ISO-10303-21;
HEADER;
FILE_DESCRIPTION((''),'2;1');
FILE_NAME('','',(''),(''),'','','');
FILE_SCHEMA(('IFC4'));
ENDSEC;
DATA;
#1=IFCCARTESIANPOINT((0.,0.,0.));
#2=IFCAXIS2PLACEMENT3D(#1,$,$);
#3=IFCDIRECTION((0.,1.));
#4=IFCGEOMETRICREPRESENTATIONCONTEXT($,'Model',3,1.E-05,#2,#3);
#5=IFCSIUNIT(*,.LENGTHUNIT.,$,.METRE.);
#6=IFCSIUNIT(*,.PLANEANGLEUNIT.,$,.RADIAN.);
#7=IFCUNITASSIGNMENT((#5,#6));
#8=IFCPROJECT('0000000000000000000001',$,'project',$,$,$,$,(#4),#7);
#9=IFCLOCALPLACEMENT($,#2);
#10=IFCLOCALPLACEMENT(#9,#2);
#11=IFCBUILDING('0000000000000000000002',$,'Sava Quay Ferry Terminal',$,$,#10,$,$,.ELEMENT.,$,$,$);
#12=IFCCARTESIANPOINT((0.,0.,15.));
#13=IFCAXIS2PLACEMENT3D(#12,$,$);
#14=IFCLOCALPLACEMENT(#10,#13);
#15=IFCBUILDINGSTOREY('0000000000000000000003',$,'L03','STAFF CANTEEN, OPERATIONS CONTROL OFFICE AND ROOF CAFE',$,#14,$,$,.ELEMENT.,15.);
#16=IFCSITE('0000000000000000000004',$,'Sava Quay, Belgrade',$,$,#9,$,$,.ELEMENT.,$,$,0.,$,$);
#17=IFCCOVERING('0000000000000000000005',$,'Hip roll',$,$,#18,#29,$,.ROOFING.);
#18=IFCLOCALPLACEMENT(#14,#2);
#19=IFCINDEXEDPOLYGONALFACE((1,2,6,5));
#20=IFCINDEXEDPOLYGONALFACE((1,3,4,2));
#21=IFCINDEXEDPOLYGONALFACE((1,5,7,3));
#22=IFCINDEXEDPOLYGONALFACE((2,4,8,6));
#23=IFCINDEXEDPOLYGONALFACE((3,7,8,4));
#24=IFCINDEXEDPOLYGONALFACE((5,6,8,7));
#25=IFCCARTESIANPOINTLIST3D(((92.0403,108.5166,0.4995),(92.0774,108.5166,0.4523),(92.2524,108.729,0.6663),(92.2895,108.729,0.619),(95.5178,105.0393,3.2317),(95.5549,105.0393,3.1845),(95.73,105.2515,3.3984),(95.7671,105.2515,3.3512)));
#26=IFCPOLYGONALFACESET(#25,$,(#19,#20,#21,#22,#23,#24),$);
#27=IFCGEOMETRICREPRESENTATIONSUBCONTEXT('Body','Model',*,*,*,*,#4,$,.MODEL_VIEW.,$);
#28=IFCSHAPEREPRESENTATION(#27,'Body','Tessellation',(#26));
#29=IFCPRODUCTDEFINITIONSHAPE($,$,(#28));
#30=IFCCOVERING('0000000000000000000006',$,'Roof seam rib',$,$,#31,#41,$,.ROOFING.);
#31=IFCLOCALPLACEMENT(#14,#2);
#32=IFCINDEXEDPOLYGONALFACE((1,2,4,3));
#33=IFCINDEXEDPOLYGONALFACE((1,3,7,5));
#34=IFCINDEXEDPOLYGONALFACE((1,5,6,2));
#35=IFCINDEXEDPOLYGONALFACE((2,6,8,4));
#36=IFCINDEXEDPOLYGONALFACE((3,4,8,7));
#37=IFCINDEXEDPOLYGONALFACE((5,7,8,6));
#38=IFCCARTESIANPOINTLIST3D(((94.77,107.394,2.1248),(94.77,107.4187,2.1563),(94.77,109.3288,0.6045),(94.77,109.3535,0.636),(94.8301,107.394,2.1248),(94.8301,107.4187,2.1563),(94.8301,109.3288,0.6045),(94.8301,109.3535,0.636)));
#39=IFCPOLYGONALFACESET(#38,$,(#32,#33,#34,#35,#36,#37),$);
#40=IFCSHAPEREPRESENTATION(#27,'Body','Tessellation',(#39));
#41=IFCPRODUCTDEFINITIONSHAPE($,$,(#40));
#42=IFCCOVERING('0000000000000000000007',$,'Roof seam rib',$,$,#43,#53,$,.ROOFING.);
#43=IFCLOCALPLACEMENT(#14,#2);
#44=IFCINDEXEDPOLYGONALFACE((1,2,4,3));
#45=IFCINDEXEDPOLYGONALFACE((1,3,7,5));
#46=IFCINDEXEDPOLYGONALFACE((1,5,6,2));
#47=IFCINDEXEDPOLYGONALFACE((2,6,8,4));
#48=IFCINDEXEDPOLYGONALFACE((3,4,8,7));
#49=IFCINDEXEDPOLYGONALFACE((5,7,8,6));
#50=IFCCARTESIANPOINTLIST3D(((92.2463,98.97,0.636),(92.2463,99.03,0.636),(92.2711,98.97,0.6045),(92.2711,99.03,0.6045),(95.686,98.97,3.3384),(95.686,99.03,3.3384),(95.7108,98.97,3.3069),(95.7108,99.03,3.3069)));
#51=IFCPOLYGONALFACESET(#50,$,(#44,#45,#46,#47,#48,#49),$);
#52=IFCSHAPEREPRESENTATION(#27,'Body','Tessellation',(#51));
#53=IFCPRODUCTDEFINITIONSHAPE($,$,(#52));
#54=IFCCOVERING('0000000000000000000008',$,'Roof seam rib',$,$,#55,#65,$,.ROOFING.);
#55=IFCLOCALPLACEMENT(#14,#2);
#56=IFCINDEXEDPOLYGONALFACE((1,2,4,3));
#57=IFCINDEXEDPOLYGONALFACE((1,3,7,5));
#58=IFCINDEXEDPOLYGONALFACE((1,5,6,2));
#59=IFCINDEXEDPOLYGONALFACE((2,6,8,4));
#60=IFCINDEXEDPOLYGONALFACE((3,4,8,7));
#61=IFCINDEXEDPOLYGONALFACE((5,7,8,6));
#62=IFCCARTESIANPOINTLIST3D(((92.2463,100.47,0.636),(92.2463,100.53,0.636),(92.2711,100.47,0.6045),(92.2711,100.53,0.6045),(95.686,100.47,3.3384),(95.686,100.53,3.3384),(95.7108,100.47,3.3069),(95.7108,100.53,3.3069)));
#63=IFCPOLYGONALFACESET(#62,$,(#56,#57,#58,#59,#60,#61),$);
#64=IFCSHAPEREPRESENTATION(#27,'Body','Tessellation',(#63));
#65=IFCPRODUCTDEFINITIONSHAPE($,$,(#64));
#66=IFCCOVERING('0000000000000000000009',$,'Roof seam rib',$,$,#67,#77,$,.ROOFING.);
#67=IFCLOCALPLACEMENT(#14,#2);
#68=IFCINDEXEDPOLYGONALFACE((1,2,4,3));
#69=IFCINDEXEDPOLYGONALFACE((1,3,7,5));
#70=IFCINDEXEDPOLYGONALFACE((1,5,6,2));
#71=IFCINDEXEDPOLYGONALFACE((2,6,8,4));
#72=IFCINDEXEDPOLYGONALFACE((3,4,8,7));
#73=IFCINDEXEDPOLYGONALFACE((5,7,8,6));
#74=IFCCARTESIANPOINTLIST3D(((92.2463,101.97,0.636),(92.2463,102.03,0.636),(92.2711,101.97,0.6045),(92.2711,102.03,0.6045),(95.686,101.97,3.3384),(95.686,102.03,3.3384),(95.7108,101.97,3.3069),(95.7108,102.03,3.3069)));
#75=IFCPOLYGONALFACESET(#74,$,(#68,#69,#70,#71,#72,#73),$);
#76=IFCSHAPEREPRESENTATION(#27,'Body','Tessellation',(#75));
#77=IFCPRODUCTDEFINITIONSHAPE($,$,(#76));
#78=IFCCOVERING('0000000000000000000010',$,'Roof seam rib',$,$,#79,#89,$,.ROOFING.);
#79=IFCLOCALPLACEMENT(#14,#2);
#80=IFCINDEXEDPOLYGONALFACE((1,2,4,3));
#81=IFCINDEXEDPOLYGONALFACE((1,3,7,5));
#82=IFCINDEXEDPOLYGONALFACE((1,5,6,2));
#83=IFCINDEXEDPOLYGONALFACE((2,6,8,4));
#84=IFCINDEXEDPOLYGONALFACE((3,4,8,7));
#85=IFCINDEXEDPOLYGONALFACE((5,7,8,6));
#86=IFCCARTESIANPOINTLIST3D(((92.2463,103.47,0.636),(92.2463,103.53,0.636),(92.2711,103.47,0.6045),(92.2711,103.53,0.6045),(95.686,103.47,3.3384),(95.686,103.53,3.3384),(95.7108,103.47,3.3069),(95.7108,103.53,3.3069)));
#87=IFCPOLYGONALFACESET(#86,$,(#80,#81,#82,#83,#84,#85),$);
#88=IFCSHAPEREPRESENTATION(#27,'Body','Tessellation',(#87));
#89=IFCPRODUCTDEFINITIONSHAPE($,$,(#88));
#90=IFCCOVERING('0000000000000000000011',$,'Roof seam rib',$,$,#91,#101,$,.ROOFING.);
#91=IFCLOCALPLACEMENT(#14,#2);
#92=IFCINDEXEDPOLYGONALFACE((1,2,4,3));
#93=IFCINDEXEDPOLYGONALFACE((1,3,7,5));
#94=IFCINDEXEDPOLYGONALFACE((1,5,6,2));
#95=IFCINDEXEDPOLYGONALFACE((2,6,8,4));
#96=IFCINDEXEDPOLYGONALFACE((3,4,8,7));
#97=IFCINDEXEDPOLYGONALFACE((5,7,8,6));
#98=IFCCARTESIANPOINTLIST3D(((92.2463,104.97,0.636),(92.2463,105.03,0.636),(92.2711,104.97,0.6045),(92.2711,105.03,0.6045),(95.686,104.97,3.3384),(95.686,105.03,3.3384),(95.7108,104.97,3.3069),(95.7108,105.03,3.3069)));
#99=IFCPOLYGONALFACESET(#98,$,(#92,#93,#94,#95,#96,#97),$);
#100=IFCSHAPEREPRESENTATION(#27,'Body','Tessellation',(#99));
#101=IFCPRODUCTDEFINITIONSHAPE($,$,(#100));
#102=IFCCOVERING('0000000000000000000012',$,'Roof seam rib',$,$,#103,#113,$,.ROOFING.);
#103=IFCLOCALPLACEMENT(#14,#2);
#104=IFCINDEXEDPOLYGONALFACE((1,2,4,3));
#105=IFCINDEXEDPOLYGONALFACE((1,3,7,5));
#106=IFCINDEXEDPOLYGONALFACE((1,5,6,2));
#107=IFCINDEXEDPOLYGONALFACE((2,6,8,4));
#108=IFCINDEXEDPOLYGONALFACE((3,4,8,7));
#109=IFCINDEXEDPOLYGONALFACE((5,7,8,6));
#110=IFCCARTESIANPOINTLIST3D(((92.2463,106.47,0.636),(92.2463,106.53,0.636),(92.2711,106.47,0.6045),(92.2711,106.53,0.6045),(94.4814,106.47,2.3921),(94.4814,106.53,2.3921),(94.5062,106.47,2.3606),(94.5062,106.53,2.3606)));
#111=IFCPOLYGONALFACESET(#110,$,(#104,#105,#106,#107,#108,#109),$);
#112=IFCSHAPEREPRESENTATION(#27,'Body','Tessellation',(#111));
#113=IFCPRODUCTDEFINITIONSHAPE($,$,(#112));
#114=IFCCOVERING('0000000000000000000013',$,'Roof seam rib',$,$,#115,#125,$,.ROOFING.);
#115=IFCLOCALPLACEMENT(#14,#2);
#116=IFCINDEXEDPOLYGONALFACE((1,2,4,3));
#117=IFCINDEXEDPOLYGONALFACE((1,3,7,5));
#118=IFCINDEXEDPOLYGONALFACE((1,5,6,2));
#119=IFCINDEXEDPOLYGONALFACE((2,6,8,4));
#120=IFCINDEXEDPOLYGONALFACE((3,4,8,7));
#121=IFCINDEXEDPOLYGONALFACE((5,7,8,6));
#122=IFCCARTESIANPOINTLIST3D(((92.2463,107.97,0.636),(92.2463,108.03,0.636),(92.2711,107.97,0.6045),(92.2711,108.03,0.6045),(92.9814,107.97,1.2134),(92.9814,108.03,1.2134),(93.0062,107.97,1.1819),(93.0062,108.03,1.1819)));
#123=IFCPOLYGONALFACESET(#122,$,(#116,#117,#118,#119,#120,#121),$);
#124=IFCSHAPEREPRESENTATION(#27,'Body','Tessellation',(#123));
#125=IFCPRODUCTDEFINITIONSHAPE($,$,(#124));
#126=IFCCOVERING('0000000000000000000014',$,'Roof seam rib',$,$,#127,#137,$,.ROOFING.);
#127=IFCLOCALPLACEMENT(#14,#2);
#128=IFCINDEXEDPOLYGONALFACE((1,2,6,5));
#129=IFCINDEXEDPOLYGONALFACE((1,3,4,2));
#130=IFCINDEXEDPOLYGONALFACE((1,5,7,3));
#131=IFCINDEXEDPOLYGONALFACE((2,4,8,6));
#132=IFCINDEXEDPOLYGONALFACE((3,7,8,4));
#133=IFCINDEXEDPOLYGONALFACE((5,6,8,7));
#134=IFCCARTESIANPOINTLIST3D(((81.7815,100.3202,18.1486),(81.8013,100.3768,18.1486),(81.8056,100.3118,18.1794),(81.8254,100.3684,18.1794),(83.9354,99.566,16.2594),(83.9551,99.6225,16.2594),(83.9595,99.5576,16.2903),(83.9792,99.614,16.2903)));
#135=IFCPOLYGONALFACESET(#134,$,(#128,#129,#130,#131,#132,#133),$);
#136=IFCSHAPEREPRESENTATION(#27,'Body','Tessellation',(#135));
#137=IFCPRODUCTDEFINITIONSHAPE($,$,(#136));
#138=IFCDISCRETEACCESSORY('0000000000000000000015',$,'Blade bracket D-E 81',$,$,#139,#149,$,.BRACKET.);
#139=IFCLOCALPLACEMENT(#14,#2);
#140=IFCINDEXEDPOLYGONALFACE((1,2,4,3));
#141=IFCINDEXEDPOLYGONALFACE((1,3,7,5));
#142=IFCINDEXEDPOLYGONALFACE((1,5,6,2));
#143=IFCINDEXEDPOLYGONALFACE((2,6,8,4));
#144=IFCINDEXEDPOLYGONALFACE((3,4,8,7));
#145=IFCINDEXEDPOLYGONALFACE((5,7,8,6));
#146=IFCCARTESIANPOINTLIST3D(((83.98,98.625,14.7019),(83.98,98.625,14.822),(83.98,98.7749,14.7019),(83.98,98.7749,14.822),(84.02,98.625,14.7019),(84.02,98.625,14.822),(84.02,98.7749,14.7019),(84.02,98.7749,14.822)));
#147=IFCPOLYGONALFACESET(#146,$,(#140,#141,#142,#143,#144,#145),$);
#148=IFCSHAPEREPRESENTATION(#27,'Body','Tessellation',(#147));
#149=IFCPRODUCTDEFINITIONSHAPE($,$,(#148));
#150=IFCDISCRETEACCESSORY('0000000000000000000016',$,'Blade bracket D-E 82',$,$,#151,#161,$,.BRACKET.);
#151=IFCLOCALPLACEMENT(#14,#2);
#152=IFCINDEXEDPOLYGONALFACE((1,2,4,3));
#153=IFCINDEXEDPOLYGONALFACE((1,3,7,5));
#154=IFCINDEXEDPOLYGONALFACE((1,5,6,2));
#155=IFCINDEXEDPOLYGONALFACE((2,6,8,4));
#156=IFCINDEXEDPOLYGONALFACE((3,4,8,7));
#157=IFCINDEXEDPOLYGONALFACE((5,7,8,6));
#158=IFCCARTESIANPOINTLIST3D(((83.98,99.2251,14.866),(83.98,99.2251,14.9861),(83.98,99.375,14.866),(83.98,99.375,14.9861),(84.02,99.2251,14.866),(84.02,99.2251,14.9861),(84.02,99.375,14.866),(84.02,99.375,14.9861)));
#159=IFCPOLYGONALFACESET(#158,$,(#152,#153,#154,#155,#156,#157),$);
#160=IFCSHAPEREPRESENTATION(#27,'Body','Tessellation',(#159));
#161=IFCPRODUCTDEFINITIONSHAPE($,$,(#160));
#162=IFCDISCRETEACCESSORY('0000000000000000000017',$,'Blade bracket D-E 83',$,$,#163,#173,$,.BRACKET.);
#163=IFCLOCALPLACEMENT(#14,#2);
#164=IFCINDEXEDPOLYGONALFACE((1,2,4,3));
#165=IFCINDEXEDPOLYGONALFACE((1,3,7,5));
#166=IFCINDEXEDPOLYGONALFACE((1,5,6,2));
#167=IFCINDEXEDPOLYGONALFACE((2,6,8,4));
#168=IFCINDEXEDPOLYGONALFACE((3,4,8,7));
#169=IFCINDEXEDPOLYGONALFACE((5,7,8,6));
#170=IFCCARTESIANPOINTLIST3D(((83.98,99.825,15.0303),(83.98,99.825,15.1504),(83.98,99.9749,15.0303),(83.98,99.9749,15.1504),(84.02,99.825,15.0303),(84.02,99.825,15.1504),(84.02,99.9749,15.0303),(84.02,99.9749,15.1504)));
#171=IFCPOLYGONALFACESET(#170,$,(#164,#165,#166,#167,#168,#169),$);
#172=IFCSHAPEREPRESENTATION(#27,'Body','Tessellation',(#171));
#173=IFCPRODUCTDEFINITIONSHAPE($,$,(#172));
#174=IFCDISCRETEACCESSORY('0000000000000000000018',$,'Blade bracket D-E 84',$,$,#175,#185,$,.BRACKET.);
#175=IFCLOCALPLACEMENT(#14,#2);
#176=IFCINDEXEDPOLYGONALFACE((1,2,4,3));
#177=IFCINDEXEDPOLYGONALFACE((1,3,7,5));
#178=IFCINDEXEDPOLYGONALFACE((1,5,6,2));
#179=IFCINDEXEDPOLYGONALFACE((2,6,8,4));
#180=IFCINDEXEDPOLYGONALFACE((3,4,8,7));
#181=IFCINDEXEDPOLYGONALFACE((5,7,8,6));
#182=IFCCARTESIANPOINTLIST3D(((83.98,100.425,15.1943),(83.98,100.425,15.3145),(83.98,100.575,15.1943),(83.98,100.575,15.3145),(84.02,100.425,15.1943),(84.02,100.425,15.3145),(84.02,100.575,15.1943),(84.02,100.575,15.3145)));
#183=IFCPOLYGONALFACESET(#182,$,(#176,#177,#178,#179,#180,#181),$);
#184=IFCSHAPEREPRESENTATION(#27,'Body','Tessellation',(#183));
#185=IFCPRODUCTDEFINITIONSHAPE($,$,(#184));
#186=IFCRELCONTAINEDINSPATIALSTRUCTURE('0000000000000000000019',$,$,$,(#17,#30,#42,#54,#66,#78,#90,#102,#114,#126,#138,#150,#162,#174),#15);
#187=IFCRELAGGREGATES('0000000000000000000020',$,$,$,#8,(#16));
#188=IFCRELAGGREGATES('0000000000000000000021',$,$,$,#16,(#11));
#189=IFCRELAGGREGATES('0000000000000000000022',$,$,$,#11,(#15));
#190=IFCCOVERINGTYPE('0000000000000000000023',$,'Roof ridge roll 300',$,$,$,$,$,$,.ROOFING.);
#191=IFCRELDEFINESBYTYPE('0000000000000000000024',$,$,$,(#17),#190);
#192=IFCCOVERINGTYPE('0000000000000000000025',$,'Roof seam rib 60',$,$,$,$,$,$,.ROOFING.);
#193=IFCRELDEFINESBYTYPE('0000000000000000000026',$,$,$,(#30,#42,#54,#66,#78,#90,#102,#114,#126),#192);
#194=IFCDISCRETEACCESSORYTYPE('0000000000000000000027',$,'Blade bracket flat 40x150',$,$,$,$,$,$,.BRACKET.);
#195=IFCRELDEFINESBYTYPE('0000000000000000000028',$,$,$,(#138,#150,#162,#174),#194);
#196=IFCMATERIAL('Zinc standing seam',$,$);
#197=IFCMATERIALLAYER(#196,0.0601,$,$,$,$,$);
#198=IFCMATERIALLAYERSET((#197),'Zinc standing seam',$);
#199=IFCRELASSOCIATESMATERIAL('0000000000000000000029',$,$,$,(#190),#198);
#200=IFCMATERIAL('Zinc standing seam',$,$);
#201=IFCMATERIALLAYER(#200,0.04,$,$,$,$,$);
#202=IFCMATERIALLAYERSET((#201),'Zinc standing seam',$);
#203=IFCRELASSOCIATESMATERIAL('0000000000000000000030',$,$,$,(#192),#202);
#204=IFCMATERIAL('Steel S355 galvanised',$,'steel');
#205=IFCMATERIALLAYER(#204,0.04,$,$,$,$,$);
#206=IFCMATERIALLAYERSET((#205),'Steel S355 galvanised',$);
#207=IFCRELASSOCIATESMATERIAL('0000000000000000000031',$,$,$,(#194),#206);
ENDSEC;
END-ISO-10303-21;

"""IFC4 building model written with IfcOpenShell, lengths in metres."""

from ifc_helpers import new_model, si_unit, direction, frame, origin, origin_2d, place, context, subcontext, project, spatial, polyline, rectangle, outline, extrude, material, layer, layer_set, type_object, element, save


model = new_model("IFC4")

# Units and contexts
model_context = context("Model", 3, precision=1e-05, world=origin(), true_north=direction((0.0, 1.0)))
body_context = subcontext(model_context, "Body", "Model", "MODEL_VIEW")
ifc_project = project(units=[si_unit("LENGTHUNIT", "METRE"), si_unit("PLANEANGLEUNIT", "RADIAN")], contexts=[model_context])

# Site, building, storey
site_placement = place(None, origin())
site = spatial("IfcSite", under=ifc_project, at=site_placement, Name="Sava Quay, Belgrade", CompositionType="ELEMENT", RefElevation=0.0)
building_placement = place(site_placement, origin())
building = spatial("IfcBuilding", under=site, at=building_placement, Name="Sava Quay Ferry Terminal", CompositionType="ELEMENT")
storey_placement = place(building_placement, frame((0.0, 0.0, 15.0)))
storey = spatial("IfcBuildingStorey", under=building, at=storey_placement, Name="L03", Description="STAFF CANTEEN, OPERATIONS CONTROL OFFICE AND ROOF CAFE", CompositionType="ELEMENT", Elevation=15.0)

# Coverings
ifc_material_1 = material(Name="Zinc standing seam")
ifc_layer_1 = layer(ifc_material_1, 0.0601)
ifc_layer_set_1 = layer_set([ifc_layer_1], Name="Zinc standing seam")
covering_type_1 = type_object("IfcCoveringType", Name="Roof ridge roll 300", PredefinedType="ROOFING", material=ifc_layer_set_1)
covering_1_placement = place(storey_placement, frame((92.2524, 108.729, 0.6663), z_axis=(-0.617869, -0.000117, 0.786281), x_axis=(0.618124, -0.618124, 0.485638)))
element("IfcCovering", 1, at=covering_1_placement, inside=storey, type_object=covering_type_1, Name="Hip roll", PredefinedType="ROOFING", context=body_context, shape_type="SweptSolid", body=[
    extrude(outline(polyline([(0.0, 0.0), (5.626, 0.0), (5.545, -0.3336), (-0.0808, -0.3338), (0.0, 0.0)])), origin(), (0.0, 0.0, -1.0), 0.0601),
])
ifc_material_2 = material(Name="Zinc standing seam")
ifc_layer_2 = layer(ifc_material_2, 0.04)
ifc_layer_set_2 = layer_set([ifc_layer_2], Name="Zinc standing seam")
covering_type_2 = type_object("IfcCoveringType", Name="Roof seam rib 60", PredefinedType="ROOFING", material=ifc_layer_set_2)
covering_2_placement = place(storey_placement, frame((94.8301, 109.3535, 0.636), z_axis=(0.0, 0.617835, 0.786308), x_axis=(0.0, -0.786308, 0.617835)))
element("IfcCovering", 2, at=covering_2_placement, inside=storey, type_object=covering_type_2, Name="Roof seam rib", PredefinedType="ROOFING", context=body_context, shape_type="SweptSolid", body=[
    extrude(outline(polyline([(0.0, 0.0), (2.4606, 0.0), (2.4606, -0.0601), (0.0, -0.0601), (0.0, 0.0)])), origin(), (0.0, 0.0, -1.0), 0.04),
])
for number, where, z_axis, x_axis, name in (
    (3, (92.2463, 99.03, 0.636), (-0.61779, 0.0, 0.786344), (0.786344, 0.0, 0.61779), "Roof seam rib"),
    (4, (92.2463, 100.53, 0.636), (-0.61779, 0.0, 0.786344), (0.786344, 0.0, 0.61779), "Roof seam rib"),
    (5, (92.2463, 102.03, 0.636), (-0.61779, 0.0, 0.786344), (0.786344, 0.0, 0.61779), "Roof seam rib"),
    (6, (92.2463, 103.53, 0.636), (-0.61779, 0.0, 0.786344), (0.786344, 0.0, 0.61779), "Roof seam rib"),
    (7, (92.2463, 105.03, 0.636), (-0.61779, 0.0, 0.786344), (0.786344, 0.0, 0.61779), "Roof seam rib"),
):
    element("IfcCovering", number, at=place(storey_placement, frame(where, z_axis=z_axis, x_axis=x_axis)), inside=storey, type_object=covering_type_2, Name=name, PredefinedType="ROOFING", context=body_context, shape_type="SweptSolid", body=[
        extrude(outline(polyline([(0.0, 0.0), (4.3743, 0.0), (4.3743, -0.0601), (0.0, -0.0601), (0.0, 0.0)])), origin(), (0.0, 0.0, -1.0), 0.04),
    ])
covering_3_placement = place(storey_placement, frame((92.2463, 106.53, 0.636), z_axis=(-0.61781, 0.0, 0.786327), x_axis=(0.786327, 0.0, 0.61781)))
element("IfcCovering", 8, at=covering_3_placement, inside=storey, type_object=covering_type_2, Name="Roof seam rib", PredefinedType="ROOFING", context=body_context, shape_type="SweptSolid", body=[
    extrude(outline(polyline([(0.0, 0.0), (2.8425, 0.0), (2.8425, -0.0601), (0.0, -0.0601), (0.0, 0.0)])), origin(), (0.0, 0.0, -1.0), 0.04),
])
covering_4_placement = place(storey_placement, frame((92.2463, 108.03, 0.636), z_axis=(-0.617695, 0.0, 0.786418), x_axis=(0.786418, 0.0, 0.617695)))
element("IfcCovering", 9, at=covering_4_placement, inside=storey, type_object=covering_type_2, Name="Roof seam rib", PredefinedType="ROOFING", context=body_context, shape_type="SweptSolid", body=[
    extrude(outline(polyline([(0.0, 0.0), (0.9348, 0.0), (0.9348, -0.0601), (0.0, -0.0601), (0.0, 0.0)])), origin(), (0.0, 0.0, -1.0), 0.04),
])
covering_5_placement = place(storey_placement, frame((83.9595, 99.5576, 16.2903), z_axis=(0.601899, -0.2106, 0.770302), x_axis=(-0.727023, 0.254565, 0.637679)))
element("IfcCovering", 10, at=covering_5_placement, inside=storey, type_object=covering_type_2, Name="Roof seam rib", PredefinedType="ROOFING", context=body_context, shape_type="SweptSolid", body=[
    extrude(outline(polyline([(0.0, 0.0), (2.9625, 0.0), (2.9626, -0.06), (0.0, -0.0598), (0.0, 0.0)])), origin(), (0.0, 0.0, -1.0), 0.04),
])

# Discrete accessories
ifc_material_3 = material(Name="Steel S355 galvanised", Category="steel")
ifc_layer_3 = layer(ifc_material_3, 0.04)
ifc_layer_set_3 = layer_set([ifc_layer_3], Name="Steel S355 galvanised")
discrete_accessory_type = type_object("IfcDiscreteAccessoryType", Name="Blade bracket flat 40x150", PredefinedType="BRACKET", material=ifc_layer_set_3)
for number, where, z_axis, x_axis, name in (
    (11, (84.0, 98.7, 14.7019), (0.0, 0.0, 1.0), (1.0, 0.0, 0.0), "Blade bracket D-E 81"),
    (12, (84.0, 99.3, 14.866), (0.0, 0.0, 1.0), (1.0, 0.0, 0.0), "Blade bracket D-E 82"),
    (13, (84.0, 99.8999, 15.0303), (0.0, 0.0, 1.0), (1.0, 0.0, 0.0), "Blade bracket D-E 83"),
    (14, (84.0, 100.5, 15.1943), (0.0, 0.0, 1.0), (1.0, 0.0, 0.0), "Blade bracket D-E 84"),
):
    element("IfcDiscreteAccessory", number, at=place(storey_placement, frame(where, z_axis=z_axis, x_axis=x_axis)), inside=storey, type_object=discrete_accessory_type, Name=name, PredefinedType="BRACKET", context=body_context, shape_type="SweptSolid", body=[
        extrude(rectangle(XDim=0.04, YDim=0.1499, at=origin_2d()), origin(), (0.0, 0.0, 1.0), 0.1201),
    ])

save(model, "model.ifc")
